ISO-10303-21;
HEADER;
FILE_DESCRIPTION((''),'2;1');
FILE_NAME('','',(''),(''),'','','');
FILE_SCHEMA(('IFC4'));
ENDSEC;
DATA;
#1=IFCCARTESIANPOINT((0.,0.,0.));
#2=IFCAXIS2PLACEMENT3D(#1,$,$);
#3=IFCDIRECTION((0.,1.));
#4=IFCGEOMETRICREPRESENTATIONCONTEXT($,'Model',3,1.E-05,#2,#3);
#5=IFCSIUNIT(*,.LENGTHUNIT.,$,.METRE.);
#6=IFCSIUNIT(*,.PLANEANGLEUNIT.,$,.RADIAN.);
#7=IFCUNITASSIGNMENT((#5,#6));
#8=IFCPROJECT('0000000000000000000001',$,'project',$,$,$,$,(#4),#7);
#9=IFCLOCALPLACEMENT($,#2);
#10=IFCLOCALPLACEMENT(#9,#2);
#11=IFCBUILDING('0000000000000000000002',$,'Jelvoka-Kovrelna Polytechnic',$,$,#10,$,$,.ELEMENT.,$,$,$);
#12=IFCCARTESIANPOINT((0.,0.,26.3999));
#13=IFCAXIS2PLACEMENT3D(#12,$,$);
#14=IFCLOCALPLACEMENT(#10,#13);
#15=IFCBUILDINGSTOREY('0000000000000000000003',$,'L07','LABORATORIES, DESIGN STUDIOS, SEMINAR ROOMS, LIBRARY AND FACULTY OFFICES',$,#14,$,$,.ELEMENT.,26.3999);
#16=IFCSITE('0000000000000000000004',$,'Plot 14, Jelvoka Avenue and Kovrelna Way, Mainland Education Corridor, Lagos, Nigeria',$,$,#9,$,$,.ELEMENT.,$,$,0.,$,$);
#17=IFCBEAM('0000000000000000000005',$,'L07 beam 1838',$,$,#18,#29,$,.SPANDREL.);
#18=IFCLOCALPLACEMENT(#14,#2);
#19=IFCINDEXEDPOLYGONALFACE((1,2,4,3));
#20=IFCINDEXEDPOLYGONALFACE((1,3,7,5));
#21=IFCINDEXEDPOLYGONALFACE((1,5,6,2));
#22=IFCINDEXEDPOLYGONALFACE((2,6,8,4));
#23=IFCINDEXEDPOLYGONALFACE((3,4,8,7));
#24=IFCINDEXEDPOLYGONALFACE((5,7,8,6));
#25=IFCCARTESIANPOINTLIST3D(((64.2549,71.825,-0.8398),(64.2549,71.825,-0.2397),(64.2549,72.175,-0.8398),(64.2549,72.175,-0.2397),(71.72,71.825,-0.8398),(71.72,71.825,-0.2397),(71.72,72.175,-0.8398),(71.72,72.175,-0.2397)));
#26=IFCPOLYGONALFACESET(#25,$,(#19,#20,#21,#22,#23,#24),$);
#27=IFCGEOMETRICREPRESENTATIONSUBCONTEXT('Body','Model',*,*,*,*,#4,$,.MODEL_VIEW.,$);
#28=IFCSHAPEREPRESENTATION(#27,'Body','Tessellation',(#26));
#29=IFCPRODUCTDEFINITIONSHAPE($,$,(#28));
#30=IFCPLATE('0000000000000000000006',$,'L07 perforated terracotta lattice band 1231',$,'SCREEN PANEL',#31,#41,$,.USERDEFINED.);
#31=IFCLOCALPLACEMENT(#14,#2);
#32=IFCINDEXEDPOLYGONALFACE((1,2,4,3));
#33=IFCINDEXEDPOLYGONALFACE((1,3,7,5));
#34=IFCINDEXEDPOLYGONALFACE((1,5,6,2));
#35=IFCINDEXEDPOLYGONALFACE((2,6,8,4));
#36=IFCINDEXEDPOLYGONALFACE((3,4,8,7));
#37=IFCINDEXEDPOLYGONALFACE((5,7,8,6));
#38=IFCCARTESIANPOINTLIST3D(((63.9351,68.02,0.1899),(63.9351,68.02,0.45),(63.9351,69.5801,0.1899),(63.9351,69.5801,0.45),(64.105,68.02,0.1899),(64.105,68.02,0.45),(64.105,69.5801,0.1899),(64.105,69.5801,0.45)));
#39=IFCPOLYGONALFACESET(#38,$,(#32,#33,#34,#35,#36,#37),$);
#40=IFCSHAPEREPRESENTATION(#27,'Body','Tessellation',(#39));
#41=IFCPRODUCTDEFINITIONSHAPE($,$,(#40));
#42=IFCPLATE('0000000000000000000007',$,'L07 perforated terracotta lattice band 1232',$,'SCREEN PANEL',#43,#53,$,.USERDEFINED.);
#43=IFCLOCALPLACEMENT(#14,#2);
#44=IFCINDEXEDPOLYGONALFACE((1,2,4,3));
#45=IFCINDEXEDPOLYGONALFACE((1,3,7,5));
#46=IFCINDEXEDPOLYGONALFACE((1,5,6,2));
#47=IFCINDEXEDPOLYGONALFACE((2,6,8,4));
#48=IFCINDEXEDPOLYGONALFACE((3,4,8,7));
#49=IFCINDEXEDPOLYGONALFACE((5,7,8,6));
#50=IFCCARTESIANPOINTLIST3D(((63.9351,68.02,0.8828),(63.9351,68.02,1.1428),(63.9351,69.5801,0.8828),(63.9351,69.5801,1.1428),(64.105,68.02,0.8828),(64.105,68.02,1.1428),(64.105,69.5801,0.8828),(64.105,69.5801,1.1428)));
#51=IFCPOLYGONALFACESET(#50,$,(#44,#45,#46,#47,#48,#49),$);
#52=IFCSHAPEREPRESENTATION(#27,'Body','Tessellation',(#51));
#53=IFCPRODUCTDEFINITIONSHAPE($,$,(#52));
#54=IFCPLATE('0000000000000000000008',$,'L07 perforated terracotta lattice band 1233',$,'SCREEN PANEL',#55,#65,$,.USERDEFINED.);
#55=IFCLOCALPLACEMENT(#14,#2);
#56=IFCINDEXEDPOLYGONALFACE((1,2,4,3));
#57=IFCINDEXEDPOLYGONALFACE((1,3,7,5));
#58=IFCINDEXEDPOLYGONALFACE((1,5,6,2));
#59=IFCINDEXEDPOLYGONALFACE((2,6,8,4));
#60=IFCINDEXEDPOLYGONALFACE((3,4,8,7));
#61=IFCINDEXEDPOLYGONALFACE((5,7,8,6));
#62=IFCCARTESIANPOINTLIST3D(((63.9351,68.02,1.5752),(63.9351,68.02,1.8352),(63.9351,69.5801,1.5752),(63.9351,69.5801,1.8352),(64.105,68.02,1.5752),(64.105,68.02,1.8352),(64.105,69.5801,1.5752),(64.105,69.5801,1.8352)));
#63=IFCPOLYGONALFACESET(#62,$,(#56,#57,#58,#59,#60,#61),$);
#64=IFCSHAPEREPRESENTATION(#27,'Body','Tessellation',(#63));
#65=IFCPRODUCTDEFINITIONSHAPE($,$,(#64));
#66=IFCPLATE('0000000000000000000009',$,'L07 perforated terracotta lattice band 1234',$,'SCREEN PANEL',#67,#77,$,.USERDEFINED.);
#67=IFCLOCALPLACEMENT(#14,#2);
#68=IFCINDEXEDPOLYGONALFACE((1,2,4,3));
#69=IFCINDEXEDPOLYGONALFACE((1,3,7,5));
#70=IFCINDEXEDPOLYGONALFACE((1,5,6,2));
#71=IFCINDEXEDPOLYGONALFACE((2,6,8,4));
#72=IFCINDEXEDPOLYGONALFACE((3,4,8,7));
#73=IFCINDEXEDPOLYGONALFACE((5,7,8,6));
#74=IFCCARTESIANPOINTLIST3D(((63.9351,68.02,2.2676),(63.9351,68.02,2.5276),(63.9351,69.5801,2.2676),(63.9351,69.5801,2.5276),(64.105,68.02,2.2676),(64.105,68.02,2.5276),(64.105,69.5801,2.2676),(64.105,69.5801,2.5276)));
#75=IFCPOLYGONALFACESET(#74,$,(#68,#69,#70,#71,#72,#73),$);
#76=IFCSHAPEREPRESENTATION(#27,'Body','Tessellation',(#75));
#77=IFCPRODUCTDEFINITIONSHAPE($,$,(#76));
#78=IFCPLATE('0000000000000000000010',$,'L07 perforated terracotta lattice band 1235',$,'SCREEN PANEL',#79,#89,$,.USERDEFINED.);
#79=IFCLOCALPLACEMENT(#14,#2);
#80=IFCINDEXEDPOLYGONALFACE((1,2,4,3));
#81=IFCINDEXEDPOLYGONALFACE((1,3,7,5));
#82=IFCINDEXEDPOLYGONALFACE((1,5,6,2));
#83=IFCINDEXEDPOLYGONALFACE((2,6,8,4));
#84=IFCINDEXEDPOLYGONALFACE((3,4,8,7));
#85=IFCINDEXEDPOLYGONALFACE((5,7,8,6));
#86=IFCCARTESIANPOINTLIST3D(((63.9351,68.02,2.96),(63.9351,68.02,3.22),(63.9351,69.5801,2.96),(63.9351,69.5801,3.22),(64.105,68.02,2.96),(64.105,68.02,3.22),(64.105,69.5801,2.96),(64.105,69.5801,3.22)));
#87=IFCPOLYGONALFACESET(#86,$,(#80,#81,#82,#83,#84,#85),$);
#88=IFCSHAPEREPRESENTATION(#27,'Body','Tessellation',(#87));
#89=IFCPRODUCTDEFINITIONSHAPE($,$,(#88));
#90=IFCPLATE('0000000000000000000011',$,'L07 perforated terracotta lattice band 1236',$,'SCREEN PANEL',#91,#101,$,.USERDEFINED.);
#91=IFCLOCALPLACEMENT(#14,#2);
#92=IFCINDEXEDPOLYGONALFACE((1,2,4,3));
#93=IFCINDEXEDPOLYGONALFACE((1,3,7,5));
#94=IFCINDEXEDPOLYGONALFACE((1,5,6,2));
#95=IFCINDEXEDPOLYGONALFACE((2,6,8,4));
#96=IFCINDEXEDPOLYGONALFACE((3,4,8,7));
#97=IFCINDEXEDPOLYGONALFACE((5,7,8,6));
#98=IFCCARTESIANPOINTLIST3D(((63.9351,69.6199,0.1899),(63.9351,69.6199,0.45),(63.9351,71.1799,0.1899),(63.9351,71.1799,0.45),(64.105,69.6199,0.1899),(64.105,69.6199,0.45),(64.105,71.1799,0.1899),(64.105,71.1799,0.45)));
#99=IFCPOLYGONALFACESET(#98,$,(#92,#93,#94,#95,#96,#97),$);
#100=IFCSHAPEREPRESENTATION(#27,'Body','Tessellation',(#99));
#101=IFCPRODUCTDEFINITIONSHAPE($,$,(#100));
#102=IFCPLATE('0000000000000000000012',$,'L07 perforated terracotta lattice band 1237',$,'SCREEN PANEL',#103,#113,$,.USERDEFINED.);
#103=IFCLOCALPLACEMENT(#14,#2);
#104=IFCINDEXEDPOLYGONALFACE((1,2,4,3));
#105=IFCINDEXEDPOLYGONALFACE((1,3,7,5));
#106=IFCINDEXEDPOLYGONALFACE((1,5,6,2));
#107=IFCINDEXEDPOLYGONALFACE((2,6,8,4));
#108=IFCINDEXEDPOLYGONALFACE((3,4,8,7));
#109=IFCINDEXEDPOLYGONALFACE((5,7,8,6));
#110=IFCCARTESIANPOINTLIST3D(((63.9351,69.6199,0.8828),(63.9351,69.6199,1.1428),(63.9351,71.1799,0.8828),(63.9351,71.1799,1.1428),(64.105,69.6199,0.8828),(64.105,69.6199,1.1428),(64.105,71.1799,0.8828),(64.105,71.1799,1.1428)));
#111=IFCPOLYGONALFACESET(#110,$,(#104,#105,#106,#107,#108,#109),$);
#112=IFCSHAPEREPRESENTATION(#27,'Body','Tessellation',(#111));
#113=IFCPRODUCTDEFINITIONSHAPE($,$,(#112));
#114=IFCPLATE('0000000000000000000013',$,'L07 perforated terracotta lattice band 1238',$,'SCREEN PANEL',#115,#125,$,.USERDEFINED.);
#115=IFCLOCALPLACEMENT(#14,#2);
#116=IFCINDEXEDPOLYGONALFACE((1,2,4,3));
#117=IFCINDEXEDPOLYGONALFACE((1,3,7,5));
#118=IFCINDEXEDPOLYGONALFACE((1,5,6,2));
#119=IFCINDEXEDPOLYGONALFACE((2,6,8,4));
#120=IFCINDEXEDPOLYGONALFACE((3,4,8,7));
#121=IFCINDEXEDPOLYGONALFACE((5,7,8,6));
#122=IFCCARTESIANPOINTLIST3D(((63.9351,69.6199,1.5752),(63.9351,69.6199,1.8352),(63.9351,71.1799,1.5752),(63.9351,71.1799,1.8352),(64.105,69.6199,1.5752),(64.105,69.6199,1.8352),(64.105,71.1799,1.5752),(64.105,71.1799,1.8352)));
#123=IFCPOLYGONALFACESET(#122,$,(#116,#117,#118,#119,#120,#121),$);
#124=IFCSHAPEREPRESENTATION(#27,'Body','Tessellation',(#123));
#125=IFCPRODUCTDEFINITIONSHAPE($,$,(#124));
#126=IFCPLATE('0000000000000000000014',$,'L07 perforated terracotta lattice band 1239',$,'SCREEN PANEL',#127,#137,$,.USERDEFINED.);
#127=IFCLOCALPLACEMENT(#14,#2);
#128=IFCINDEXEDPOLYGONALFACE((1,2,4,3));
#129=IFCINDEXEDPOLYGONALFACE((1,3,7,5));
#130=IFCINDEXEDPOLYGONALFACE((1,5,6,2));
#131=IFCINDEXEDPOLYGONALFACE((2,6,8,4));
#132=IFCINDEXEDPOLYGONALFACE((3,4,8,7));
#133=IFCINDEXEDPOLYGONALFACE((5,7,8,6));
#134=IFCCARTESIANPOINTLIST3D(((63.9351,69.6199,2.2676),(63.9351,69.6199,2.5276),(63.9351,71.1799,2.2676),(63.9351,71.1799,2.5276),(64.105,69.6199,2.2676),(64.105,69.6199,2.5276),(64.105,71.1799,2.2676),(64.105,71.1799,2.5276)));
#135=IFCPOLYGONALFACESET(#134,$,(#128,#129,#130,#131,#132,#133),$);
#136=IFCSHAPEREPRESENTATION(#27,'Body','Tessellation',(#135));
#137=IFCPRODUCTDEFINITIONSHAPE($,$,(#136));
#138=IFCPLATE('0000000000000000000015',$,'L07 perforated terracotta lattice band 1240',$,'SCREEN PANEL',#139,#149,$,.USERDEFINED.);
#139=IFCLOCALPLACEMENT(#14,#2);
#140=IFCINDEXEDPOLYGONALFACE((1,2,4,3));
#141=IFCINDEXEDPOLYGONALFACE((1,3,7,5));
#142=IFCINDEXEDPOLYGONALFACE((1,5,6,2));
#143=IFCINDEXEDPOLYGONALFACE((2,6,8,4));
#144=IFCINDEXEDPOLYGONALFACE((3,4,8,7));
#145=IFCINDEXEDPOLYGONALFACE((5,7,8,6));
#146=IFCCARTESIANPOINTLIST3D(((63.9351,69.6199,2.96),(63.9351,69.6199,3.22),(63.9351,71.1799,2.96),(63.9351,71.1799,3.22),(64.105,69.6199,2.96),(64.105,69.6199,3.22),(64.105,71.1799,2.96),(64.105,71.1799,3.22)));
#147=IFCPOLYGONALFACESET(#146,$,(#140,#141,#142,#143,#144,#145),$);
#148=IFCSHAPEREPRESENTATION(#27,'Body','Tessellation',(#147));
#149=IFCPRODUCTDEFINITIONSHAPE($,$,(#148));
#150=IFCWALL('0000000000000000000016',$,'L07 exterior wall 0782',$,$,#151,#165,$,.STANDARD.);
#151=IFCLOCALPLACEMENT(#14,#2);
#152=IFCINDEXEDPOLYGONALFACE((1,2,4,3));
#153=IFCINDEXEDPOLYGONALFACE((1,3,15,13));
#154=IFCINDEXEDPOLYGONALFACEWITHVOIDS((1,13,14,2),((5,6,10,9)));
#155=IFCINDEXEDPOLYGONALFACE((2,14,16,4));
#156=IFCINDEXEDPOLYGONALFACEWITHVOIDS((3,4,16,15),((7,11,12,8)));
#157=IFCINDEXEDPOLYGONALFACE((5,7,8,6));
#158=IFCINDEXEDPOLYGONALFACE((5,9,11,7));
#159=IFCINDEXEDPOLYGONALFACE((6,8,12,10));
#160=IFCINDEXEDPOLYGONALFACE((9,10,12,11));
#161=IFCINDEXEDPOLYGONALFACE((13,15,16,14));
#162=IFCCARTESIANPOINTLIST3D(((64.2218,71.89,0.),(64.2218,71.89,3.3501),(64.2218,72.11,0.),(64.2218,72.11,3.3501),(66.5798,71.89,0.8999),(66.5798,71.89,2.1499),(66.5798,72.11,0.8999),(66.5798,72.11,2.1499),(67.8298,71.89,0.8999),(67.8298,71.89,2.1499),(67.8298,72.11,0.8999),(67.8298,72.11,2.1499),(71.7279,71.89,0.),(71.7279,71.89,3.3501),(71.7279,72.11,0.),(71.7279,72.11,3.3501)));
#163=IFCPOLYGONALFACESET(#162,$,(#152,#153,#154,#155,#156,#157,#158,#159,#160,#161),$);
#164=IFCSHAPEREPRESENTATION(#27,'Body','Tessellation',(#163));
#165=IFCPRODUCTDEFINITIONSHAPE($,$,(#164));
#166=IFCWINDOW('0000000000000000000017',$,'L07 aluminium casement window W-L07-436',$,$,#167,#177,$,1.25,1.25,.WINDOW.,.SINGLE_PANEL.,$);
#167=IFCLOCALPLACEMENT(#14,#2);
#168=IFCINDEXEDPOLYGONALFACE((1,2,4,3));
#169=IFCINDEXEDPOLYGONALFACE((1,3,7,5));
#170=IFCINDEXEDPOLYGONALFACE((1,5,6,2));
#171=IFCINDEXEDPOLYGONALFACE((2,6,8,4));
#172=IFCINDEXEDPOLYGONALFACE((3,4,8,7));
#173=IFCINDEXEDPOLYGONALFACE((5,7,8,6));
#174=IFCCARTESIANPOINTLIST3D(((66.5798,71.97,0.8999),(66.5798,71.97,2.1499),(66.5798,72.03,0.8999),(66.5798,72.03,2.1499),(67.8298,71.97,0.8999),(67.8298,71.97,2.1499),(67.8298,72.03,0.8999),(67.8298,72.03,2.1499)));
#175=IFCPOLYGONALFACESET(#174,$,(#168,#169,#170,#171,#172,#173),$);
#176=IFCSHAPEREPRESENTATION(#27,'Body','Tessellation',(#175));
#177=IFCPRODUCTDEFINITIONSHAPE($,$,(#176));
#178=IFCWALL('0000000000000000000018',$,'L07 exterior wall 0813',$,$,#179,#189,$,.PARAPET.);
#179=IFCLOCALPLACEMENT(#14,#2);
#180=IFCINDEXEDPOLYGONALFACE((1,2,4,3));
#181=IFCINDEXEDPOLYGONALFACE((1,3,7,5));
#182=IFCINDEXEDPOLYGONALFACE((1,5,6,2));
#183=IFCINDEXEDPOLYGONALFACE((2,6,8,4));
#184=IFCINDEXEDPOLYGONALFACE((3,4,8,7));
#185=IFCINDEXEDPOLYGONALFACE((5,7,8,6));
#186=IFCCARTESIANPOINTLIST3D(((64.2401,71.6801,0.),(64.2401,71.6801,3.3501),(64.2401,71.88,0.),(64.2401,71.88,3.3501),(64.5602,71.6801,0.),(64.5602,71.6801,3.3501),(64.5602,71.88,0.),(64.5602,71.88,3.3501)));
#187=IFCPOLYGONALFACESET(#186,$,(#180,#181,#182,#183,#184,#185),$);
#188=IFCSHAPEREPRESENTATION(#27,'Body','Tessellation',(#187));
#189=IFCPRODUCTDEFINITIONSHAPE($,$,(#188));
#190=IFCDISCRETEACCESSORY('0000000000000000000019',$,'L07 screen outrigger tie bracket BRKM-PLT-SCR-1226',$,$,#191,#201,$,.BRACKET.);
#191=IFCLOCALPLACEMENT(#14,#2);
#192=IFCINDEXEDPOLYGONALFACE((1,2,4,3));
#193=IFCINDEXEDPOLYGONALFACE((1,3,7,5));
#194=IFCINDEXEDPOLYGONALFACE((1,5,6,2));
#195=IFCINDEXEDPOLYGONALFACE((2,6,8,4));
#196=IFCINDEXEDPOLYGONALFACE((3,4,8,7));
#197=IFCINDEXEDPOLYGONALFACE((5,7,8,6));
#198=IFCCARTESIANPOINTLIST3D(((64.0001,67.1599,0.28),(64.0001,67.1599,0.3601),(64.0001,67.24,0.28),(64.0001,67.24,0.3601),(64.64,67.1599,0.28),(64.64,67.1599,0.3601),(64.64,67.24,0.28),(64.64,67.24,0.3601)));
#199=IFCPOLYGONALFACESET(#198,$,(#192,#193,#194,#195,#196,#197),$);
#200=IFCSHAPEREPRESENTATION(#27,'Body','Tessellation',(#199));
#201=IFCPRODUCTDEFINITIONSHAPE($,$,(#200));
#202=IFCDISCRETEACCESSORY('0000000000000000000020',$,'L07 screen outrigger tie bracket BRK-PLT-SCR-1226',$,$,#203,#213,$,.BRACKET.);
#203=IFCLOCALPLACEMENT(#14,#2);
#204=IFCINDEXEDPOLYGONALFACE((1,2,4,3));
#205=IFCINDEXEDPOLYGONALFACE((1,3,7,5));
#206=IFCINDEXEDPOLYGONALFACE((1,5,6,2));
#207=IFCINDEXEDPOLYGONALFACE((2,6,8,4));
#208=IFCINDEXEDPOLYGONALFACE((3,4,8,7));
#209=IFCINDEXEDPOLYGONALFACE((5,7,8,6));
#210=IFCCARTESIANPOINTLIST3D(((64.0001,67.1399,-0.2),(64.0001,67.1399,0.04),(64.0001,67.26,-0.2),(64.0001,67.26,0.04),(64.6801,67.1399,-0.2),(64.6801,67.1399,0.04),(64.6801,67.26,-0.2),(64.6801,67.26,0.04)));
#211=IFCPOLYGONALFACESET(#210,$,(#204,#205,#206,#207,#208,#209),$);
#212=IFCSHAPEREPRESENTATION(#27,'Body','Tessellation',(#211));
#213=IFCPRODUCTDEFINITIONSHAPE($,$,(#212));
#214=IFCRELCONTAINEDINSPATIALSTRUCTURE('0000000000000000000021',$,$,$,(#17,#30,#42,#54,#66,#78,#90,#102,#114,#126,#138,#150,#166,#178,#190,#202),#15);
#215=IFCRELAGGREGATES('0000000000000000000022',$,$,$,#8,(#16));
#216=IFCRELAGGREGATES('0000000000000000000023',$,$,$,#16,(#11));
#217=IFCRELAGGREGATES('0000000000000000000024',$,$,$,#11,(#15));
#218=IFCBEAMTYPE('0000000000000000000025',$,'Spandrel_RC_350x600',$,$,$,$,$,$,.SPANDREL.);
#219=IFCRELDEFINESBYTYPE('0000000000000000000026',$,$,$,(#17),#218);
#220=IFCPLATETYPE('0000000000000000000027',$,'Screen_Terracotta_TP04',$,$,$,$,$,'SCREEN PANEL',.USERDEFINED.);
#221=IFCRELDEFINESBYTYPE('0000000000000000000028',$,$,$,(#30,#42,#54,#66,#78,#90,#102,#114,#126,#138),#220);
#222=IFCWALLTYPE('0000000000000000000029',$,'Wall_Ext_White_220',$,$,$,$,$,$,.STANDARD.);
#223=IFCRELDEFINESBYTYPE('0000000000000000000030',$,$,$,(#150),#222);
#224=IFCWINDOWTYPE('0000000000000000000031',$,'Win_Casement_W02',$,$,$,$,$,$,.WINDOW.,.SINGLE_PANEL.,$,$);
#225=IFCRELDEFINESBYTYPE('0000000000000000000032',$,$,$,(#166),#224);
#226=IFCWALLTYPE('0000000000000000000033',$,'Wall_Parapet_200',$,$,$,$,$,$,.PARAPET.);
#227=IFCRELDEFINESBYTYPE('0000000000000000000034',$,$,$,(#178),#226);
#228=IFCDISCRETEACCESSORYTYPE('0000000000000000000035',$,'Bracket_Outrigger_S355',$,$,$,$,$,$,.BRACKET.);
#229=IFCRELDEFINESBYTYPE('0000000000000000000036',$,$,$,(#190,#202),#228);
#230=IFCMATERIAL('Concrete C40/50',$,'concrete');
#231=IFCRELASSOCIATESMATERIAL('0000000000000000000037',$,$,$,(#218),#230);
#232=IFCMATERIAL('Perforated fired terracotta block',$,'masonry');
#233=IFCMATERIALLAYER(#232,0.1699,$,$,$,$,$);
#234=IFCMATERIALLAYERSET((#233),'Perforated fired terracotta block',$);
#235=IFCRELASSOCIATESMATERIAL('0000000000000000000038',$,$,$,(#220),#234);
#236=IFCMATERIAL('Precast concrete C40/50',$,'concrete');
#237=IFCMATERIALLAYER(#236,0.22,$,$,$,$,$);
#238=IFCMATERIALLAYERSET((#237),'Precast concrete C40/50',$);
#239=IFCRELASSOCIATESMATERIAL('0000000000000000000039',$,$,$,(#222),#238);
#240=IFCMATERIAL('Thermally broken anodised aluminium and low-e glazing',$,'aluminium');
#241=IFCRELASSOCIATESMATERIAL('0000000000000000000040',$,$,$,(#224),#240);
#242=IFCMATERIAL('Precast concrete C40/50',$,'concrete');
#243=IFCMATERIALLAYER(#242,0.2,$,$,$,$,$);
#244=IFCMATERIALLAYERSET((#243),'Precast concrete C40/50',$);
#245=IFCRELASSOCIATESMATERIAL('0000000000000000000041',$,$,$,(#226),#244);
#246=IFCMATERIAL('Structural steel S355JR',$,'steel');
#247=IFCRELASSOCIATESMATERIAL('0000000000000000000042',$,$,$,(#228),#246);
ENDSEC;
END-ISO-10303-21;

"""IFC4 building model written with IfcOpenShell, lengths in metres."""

from ifc_helpers import new_model, si_unit, direction, frame, frame_2d, origin, origin_2d, place, context, subcontext, project, spatial, rectangle, extrude, material, layer, layer_set, material_profile, profile_set, type_object, element, fill, save


model = new_model("IFC4")

# Units and contexts
model_context = context("Model", 3, precision=1e-05, world=origin(), true_north=direction((0.0, 1.0)))
body_context = subcontext(model_context, "Body", "Model", "MODEL_VIEW")
ifc_project = project(units=[si_unit("LENGTHUNIT", "METRE"), si_unit("PLANEANGLEUNIT", "RADIAN")], contexts=[model_context])

# Site, building, storey
site_placement = place(None, origin())
site = spatial("IfcSite", under=ifc_project, at=site_placement, Name="Plot 14, Jelvoka Avenue and Kovrelna Way, Mainland Education Corridor, Lagos, Nigeria", CompositionType="ELEMENT", RefElevation=0.0)
building_placement = place(site_placement, origin())
building = spatial("IfcBuilding", under=site, at=building_placement, Name="Jelvoka-Kovrelna Polytechnic", CompositionType="ELEMENT")
storey_placement = place(building_placement, frame((0.0, 0.0, 26.3999)))
storey = spatial("IfcBuildingStorey", under=building, at=storey_placement, Name="L07", Description="LABORATORIES, DESIGN STUDIOS, SEMINAR ROOMS, LIBRARY AND FACULTY OFFICES", CompositionType="ELEMENT", Elevation=26.3999)

# Beam
ifc_material_1 = material(Name="Concrete C40/50", Category="concrete")
ifc_material_profile_1 = material_profile(ifc_material_1, rectangle(XDim=0.3501, YDim=0.6001, at=origin_2d()), Name="RC 350x600")
ifc_profile_set_1 = profile_set([ifc_material_profile_1], Name="Concrete C40/50")
beam_type = type_object("IfcBeamType", Name="Spandrel_RC_350x600", PredefinedType="SPANDREL", material=ifc_profile_set_1)
beam_placement = place(storey_placement, frame((64.2549, 72.0, -0.5398), z_axis=(1.0, 0.0, 0.0), x_axis=(0.0, 1.0, 0.0)))
element("IfcBeam", 1, at=beam_placement, inside=storey, type_object=beam_type, Name="L07 beam 1838", PredefinedType="SPANDREL", context=body_context, shape_type="SweptSolid", body=[
    extrude(rectangle(XDim=0.3501, YDim=0.6001, at=origin_2d()), origin(), (0.0, 0.0, 1.0), 7.4651),
])

# Plates
ifc_material_2 = material(Name="Perforated fired terracotta block", Category="masonry")
ifc_layer_1 = layer(ifc_material_2, 0.1699)
ifc_layer_set_1 = layer_set([ifc_layer_1], Name="Perforated fired terracotta block")
plate_type = type_object("IfcPlateType", Name="Screen_Terracotta_TP04", ElementType="SCREEN PANEL", PredefinedType="USERDEFINED", material=ifc_layer_set_1)
for number, where, z_axis, x_axis, name in (
    (2, (64.02, 68.8, 0.1899), (0.0, 0.0, 1.0), (0.0, 1.0, 0.0), "L07 perforated terracotta lattice band 1231"),
    (3, (64.02, 68.8, 0.8828), (0.0, 0.0, 1.0), (0.0, 1.0, 0.0), "L07 perforated terracotta lattice band 1232"),
    (4, (64.02, 68.8, 1.5752), (0.0, 0.0, 1.0), (0.0, 1.0, 0.0), "L07 perforated terracotta lattice band 1233"),
    (5, (64.02, 68.8, 2.2676), (0.0, 0.0, 1.0), (0.0, 1.0, 0.0), "L07 perforated terracotta lattice band 1234"),
    (6, (64.02, 68.8, 2.96), (0.0, 0.0, 1.0), (0.0, 1.0, 0.0), "L07 perforated terracotta lattice band 1235"),
    (7, (64.02, 70.3999, 0.1899), (0.0, 0.0, 1.0), (0.0, 1.0, 0.0), "L07 perforated terracotta lattice band 1236"),
    (8, (64.02, 70.3999, 0.8828), (0.0, 0.0, 1.0), (0.0, 1.0, 0.0), "L07 perforated terracotta lattice band 1237"),
    (9, (64.02, 70.3999, 1.5752), (0.0, 0.0, 1.0), (0.0, 1.0, 0.0), "L07 perforated terracotta lattice band 1238"),
    (10, (64.02, 70.3999, 2.2676), (0.0, 0.0, 1.0), (0.0, 1.0, 0.0), "L07 perforated terracotta lattice band 1239"),
    (11, (64.02, 70.3999, 2.96), (0.0, 0.0, 1.0), (0.0, 1.0, 0.0), "L07 perforated terracotta lattice band 1240"),
):
    element("IfcPlate", number, at=place(storey_placement, frame(where, z_axis=z_axis, x_axis=x_axis)), inside=storey, type_object=plate_type, Name=name, ObjectType="SCREEN PANEL", PredefinedType="USERDEFINED", context=body_context, shape_type="SweptSolid", body=[
        extrude(rectangle(XDim=1.5601, YDim=0.1699, at=origin_2d()), origin(), (0.0, 0.0, 1.0), 0.26),
    ])

# Wall, opening, window
ifc_material_3 = material(Name="Precast concrete C40/50", Category="concrete")
ifc_layer_2 = layer(ifc_material_3, 0.22)
ifc_layer_set_2 = layer_set([ifc_layer_2], Name="Precast concrete C40/50")
wall_type_1 = type_object("IfcWallType", Name="Wall_Ext_White_220", PredefinedType="STANDARD", material=ifc_layer_set_2)
wall_1_placement = place(storey_placement, frame((64.2219, 72.0, 0.0), z_axis=(0.0, 0.0, 1.0), x_axis=(1.0, 0.0, 0.0)))
wall_1 = element("IfcWall", 12, at=wall_1_placement, inside=storey, type_object=wall_type_1, Name="L07 exterior wall 0782", PredefinedType="STANDARD", context=body_context, shape_type="SweptSolid", body=[
    extrude(rectangle(XDim=7.5061, YDim=0.22, at=frame_2d((3.7529, 0.0))), origin(), (0.0, 0.0, 1.0), 3.3501),
])
opening_placement = place(wall_1_placement, frame((2.3579, 0.0, 0.8999)))
opening = element("IfcOpeningElement", 13, at=opening_placement, cuts=wall_1, PredefinedType="OPENING", context=body_context, shape_type="SweptSolid", body=[
    extrude(rectangle(XDim=1.25, YDim=1.25, at=frame_2d((0.625, 0.625))), frame((0.0, 0.1199, 0.0), z_axis=(0.0, -1.0, 0.0), x_axis=(1.0, 0.0, 0.0)), (0.0, 0.0, 1.0), 0.24),
])
ifc_material_4 = material(Name="Thermally broken anodised aluminium and low-e glazing", Category="aluminium")
window_type = type_object("IfcWindowType", Name="Win_Casement_W02", PartitioningType="SINGLE_PANEL", PredefinedType="WINDOW", material=ifc_material_4)
window_placement = place(opening_placement, origin())
window = element("IfcWindow", 14, at=window_placement, inside=storey, type_object=window_type, Name="L07 aluminium casement window W-L07-436", OverallHeight=1.25, OverallWidth=1.25, PartitioningType="SINGLE_PANEL", PredefinedType="WINDOW", context=body_context, shape_type="SweptSolid", body=[
    extrude(rectangle(XDim=1.25, YDim=1.25, at=frame_2d((0.625, 0.625))), frame((0.0, 0.03, 0.0), z_axis=(0.0, -1.0, 0.0), x_axis=(1.0, 0.0, 0.0)), (0.0, 0.0, 1.0), 0.0601),
])
fill(opening, window)

# Wall
ifc_material_5 = material(Name="Precast concrete C40/50", Category="concrete")
ifc_layer_3 = layer(ifc_material_5, 0.2)
ifc_layer_set_3 = layer_set([ifc_layer_3], Name="Precast concrete C40/50")
wall_type_2 = type_object("IfcWallType", Name="Wall_Parapet_200", PredefinedType="PARAPET", material=ifc_layer_set_3)
wall_2_placement = place(storey_placement, frame((64.24, 71.78, 0.0), z_axis=(0.0, 0.0, 1.0), x_axis=(1.0, 0.0, 0.0)))
element("IfcWall", 15, at=wall_2_placement, inside=storey, type_object=wall_type_2, Name="L07 exterior wall 0813", PredefinedType="PARAPET", context=body_context, shape_type="SweptSolid", body=[
    extrude(rectangle(XDim=0.3201, YDim=0.2, at=frame_2d((0.1602, 0.0))), origin(), (0.0, 0.0, 1.0), 3.3501),
])

# Discrete accessories
ifc_material_6 = material(Name="Structural steel S355JR", Category="steel")
discrete_accessory_type = type_object("IfcDiscreteAccessoryType", Name="Bracket_Outrigger_S355", PredefinedType="BRACKET", material=ifc_material_6)
discrete_accessory_1_placement = place(storey_placement, frame((64.3201, 67.2, 0.28), z_axis=(0.0, 0.0, 1.0), x_axis=(1.0, 0.0, 0.0)))
element("IfcDiscreteAccessory", 16, at=discrete_accessory_1_placement, inside=storey, type_object=discrete_accessory_type, Name="L07 screen outrigger tie bracket BRKM-PLT-SCR-1226", PredefinedType="BRACKET", context=body_context, shape_type="SweptSolid", body=[
    extrude(rectangle(XDim=0.6399, YDim=0.0801, at=origin_2d()), origin(), (0.0, 0.0, 1.0), 0.0801),
])
discrete_accessory_2_placement = place(storey_placement, frame((64.3401, 67.2, -0.2), z_axis=(0.0, 0.0, 1.0), x_axis=(1.0, 0.0, 0.0)))
element("IfcDiscreteAccessory", 17, at=discrete_accessory_2_placement, inside=storey, type_object=discrete_accessory_type, Name="L07 screen outrigger tie bracket BRK-PLT-SCR-1226", PredefinedType="BRACKET", context=body_context, shape_type="SweptSolid", body=[
    extrude(rectangle(XDim=0.6799, YDim=0.1201, at=origin_2d()), origin(), (0.0, 0.0, 1.0), 0.24),
])

save(model, "model.ifc")
